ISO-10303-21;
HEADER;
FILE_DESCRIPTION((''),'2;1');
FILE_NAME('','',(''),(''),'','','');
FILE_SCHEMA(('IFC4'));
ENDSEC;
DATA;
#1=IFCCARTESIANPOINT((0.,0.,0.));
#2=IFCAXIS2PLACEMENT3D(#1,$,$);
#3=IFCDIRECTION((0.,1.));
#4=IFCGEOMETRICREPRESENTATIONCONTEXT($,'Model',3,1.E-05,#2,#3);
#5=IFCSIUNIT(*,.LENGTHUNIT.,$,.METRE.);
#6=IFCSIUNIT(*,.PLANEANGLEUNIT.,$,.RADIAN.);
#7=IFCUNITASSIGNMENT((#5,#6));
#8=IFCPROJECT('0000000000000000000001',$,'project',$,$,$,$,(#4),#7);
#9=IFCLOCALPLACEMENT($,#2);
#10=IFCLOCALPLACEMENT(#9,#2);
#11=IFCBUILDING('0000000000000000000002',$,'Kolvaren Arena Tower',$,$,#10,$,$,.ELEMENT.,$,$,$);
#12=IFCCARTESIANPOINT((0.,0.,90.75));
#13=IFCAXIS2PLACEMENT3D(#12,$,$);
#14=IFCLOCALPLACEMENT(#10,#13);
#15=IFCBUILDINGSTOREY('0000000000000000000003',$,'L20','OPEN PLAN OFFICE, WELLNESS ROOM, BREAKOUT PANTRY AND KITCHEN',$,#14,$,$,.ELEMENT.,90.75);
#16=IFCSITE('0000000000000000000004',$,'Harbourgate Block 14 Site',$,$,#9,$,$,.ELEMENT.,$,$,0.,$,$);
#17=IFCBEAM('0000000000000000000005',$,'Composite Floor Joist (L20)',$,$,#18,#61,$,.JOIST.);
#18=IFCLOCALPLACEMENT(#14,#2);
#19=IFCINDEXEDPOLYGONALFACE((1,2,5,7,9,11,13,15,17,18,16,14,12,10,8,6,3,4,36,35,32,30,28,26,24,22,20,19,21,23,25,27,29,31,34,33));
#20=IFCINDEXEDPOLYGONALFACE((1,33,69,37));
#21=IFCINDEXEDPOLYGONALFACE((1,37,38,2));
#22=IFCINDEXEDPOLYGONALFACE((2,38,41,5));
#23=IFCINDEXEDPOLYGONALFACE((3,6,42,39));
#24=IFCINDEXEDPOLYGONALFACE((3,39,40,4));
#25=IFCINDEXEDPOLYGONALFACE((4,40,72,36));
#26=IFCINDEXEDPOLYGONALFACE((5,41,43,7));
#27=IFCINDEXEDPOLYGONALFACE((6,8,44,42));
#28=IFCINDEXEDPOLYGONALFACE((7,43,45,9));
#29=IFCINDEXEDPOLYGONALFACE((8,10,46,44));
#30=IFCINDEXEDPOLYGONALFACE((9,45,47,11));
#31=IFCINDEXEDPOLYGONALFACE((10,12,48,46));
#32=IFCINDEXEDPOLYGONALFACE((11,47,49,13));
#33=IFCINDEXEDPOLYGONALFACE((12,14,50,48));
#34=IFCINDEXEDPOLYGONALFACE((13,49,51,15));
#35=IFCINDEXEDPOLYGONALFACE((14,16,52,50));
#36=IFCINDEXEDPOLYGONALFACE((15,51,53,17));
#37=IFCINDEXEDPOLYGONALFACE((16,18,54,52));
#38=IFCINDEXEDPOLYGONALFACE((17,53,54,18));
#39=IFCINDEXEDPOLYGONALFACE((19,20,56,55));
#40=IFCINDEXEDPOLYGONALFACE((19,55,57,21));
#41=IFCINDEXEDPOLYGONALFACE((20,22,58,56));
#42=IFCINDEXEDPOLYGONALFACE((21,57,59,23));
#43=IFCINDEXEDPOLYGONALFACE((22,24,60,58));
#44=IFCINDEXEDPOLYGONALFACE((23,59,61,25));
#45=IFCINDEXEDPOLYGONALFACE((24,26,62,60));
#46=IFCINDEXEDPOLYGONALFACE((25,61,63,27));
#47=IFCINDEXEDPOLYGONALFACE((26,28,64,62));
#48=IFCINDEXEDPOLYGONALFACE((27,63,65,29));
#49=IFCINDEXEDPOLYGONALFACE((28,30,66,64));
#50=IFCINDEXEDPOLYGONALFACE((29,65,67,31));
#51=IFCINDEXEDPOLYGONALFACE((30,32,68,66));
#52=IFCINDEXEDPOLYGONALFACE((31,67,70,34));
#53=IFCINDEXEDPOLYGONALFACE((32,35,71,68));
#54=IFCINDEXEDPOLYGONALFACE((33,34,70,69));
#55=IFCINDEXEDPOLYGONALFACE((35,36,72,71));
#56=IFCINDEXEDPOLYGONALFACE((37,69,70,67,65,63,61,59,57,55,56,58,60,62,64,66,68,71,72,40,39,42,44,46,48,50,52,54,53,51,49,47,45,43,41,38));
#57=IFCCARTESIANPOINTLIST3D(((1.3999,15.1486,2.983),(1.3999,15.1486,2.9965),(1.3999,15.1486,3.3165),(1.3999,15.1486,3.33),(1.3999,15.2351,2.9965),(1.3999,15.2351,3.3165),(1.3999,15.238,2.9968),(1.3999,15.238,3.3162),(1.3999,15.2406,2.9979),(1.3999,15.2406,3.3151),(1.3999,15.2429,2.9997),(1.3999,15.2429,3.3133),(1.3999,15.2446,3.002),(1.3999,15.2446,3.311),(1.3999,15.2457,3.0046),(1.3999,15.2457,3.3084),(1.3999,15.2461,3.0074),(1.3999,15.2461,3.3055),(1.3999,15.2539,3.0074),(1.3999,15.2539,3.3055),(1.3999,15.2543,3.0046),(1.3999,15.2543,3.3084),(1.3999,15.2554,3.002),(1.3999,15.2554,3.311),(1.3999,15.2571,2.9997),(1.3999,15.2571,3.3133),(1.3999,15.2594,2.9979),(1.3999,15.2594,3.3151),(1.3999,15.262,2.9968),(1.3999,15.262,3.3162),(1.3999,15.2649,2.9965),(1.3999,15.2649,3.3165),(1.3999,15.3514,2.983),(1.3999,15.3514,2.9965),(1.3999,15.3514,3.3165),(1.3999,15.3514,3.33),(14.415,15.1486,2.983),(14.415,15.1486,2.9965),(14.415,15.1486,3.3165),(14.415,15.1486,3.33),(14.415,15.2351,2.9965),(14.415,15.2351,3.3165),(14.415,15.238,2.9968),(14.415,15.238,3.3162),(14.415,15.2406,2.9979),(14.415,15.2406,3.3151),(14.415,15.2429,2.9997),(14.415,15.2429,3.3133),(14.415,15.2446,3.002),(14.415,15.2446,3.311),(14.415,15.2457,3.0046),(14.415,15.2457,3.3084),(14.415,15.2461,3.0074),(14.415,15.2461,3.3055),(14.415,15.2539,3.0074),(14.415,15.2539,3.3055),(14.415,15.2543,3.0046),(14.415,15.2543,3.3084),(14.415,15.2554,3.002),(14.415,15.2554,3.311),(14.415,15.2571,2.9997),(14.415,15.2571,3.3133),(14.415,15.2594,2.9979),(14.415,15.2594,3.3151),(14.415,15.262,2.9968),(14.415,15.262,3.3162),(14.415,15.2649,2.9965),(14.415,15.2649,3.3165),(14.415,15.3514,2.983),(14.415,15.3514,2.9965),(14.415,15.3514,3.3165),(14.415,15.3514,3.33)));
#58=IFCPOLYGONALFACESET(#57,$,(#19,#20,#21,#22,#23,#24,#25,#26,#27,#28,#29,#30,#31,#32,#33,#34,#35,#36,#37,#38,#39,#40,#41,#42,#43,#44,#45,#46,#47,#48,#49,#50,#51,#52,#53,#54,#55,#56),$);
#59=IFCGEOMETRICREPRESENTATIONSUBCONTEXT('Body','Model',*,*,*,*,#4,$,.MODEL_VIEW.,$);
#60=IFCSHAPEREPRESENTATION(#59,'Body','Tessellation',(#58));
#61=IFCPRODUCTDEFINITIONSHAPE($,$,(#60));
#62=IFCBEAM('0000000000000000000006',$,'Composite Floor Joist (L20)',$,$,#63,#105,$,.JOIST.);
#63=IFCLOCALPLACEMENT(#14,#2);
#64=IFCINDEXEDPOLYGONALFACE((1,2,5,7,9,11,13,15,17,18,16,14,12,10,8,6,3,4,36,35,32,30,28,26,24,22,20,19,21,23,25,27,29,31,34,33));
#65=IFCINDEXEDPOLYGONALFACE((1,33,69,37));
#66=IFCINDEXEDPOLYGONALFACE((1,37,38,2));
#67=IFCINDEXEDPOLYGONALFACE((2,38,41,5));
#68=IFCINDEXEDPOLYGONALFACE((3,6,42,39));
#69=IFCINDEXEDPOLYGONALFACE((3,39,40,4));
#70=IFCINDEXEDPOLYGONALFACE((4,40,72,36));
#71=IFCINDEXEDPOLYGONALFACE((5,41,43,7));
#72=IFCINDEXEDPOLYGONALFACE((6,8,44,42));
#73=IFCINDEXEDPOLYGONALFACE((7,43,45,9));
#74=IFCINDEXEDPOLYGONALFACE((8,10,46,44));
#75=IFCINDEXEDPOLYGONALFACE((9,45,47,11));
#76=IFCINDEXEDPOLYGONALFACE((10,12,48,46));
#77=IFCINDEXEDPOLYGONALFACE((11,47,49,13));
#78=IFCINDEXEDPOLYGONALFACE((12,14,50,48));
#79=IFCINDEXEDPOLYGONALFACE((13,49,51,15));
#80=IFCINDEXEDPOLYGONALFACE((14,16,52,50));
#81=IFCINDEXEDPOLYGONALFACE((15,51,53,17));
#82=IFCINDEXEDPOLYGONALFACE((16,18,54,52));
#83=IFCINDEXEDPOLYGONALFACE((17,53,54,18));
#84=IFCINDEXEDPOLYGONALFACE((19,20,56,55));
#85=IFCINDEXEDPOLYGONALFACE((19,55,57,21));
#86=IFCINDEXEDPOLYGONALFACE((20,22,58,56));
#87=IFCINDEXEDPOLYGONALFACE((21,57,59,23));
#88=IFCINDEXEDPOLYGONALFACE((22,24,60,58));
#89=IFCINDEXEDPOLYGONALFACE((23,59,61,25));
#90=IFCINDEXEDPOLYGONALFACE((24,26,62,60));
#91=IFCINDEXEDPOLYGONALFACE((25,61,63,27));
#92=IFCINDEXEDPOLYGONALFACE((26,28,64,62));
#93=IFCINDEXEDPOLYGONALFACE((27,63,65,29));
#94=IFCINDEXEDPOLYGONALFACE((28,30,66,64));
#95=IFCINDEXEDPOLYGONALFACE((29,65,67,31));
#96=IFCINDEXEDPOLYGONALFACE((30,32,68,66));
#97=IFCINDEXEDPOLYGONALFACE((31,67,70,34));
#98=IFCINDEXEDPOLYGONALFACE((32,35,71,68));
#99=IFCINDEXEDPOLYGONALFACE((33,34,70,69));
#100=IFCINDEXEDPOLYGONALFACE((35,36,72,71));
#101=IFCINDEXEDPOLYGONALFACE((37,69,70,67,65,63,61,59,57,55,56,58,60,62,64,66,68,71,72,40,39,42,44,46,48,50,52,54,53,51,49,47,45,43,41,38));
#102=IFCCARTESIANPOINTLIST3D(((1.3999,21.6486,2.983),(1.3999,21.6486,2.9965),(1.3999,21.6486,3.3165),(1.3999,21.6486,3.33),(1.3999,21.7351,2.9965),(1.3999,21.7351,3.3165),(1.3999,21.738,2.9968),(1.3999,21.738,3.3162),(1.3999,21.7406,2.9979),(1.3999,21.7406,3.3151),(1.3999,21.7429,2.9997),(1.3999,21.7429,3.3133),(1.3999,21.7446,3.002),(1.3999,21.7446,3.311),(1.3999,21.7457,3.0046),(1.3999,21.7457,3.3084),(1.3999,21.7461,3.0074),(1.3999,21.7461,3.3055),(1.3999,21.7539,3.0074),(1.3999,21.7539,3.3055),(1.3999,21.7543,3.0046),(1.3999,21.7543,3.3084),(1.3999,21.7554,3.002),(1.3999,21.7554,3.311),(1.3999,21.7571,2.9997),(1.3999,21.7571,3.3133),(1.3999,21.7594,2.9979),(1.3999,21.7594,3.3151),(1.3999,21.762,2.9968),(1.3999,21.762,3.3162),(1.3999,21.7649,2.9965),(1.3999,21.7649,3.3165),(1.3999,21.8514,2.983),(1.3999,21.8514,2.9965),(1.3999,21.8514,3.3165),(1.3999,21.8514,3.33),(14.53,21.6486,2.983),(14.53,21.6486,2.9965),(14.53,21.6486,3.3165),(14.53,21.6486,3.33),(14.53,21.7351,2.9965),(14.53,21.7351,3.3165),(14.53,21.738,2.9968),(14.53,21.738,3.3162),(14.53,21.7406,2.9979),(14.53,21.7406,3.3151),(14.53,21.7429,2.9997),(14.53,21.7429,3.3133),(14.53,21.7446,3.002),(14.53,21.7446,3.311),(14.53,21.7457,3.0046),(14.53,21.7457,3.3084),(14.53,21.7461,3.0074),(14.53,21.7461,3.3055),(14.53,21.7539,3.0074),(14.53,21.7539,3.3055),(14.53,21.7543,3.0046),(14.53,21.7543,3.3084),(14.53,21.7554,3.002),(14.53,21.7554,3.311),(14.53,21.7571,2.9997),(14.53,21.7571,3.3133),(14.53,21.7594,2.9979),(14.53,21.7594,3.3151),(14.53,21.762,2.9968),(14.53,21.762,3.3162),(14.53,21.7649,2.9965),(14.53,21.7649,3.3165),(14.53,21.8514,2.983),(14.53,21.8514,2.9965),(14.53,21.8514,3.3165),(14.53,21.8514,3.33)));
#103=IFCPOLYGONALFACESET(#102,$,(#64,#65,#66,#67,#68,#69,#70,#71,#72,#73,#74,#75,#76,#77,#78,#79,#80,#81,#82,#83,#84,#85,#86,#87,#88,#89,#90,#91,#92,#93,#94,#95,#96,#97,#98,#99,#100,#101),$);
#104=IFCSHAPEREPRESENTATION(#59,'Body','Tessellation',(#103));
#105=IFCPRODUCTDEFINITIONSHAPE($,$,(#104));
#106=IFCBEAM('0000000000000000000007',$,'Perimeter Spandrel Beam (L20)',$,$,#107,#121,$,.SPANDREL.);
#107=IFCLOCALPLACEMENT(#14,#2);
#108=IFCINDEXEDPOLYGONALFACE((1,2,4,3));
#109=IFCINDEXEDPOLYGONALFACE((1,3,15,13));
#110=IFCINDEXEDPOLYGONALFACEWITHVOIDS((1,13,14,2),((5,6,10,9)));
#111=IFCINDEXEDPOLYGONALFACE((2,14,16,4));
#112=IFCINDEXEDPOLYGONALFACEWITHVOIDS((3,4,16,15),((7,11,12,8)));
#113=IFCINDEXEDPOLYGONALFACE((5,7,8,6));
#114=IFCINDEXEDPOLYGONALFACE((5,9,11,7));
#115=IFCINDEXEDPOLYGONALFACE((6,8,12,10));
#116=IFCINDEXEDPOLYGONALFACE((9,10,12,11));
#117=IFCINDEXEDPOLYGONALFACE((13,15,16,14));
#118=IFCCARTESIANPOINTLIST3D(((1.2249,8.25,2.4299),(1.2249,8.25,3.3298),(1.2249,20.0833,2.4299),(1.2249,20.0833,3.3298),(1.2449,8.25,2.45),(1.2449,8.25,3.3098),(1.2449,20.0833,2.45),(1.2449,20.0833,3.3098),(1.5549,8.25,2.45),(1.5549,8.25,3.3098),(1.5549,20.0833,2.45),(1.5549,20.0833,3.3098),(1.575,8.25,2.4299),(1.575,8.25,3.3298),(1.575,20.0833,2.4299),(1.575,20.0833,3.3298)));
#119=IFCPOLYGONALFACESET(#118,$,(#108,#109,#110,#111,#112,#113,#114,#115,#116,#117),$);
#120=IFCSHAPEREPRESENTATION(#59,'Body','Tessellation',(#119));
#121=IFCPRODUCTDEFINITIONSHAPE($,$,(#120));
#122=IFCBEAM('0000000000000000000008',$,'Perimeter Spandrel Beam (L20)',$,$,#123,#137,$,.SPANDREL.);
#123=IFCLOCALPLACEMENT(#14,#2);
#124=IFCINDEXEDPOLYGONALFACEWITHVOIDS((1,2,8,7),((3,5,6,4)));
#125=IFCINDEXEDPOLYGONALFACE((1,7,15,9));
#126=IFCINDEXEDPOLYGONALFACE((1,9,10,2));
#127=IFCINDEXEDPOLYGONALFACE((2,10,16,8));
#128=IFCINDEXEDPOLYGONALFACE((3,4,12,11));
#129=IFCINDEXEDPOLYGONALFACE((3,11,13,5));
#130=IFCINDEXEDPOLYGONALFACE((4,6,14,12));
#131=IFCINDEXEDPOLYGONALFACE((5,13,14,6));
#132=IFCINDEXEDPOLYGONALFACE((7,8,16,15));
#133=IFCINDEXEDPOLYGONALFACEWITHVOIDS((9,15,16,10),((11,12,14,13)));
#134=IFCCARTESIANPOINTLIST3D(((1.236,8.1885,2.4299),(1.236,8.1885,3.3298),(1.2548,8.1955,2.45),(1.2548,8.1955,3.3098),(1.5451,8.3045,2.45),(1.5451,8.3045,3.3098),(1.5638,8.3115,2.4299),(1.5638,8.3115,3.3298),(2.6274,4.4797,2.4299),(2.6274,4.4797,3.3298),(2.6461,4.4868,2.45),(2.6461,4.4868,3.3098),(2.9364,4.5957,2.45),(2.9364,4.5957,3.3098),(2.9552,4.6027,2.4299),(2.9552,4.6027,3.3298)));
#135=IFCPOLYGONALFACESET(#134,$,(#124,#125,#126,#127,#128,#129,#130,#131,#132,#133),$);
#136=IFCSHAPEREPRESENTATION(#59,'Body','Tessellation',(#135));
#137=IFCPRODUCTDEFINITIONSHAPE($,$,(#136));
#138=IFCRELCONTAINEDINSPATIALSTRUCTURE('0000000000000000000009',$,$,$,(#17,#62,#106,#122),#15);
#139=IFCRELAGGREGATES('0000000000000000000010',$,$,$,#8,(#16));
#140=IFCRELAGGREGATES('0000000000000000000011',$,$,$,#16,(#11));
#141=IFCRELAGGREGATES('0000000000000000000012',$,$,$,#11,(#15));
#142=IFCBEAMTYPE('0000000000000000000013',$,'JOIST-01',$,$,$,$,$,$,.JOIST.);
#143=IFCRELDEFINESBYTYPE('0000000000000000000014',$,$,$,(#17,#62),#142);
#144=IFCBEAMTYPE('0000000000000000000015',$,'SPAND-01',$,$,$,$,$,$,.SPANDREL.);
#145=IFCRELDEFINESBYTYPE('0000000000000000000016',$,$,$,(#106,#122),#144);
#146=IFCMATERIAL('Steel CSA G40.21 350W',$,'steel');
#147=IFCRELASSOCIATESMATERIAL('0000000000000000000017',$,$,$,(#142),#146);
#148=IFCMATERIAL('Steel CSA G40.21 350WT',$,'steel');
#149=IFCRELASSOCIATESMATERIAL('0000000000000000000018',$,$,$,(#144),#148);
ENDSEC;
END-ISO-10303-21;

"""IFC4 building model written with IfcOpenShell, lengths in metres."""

from ifc_helpers import new_model, si_unit, direction, frame, origin, origin_2d, place, context, subcontext, project, spatial, hollow_rectangle, i_section, extrude, material, material_profile, profile_set, type_object, element, save


model = new_model("IFC4")

# Units and contexts
model_context = context("Model", 3, precision=1e-05, world=origin(), true_north=direction((0.0, 1.0)))
body_context = subcontext(model_context, "Body", "Model", "MODEL_VIEW")
ifc_project = project(units=[si_unit("LENGTHUNIT", "METRE"), si_unit("PLANEANGLEUNIT", "RADIAN")], contexts=[model_context])

# Site, building, storey
site_placement = place(None, origin())
site = spatial("IfcSite", under=ifc_project, at=site_placement, Name="Harbourgate Block 14 Site", CompositionType="ELEMENT", RefElevation=0.0)
building_placement = place(site_placement, origin())
building = spatial("IfcBuilding", under=site, at=building_placement, Name="Kolvaren Arena Tower", CompositionType="ELEMENT")
storey_placement = place(building_placement, frame((0.0, 0.0, 90.75)))
storey = spatial("IfcBuildingStorey", under=building, at=storey_placement, Name="L20", Description="OPEN PLAN OFFICE, WELLNESS ROOM, BREAKOUT PANTRY AND KITCHEN", CompositionType="ELEMENT", Elevation=90.75)

# Beams
ifc_material_1 = material(Name="Steel CSA G40.21 350W", Category="steel")
ifc_material_profile_1 = material_profile(ifc_material_1, i_section(OverallWidth=0.2029, OverallDepth=0.3469, WebThickness=0.0078, FlangeThickness=0.0134, FilletRadius=0.011, at=origin_2d()), Name="W360x64")
ifc_profile_set_1 = profile_set([ifc_material_profile_1], Name="Steel CSA G40.21 350W")
beam_type_1 = type_object("IfcBeamType", Name="JOIST-01", PredefinedType="JOIST", material=ifc_profile_set_1)
for number, where, z_axis, x_axis, name in (
    (1, (1.3999, 15.25, 3.1565), (1.0, 0.0, 0.0), (0.0, 1.0, 0.0), "Composite Floor Joist (L20)"),
):
    element("IfcBeam", number, at=place(storey_placement, frame(where, z_axis=z_axis, x_axis=x_axis)), inside=storey, type_object=beam_type_1, Name=name, PredefinedType="JOIST", context=body_context, shape_type="SweptSolid", body=[
        extrude(i_section(OverallWidth=0.2029, OverallDepth=0.3469, WebThickness=0.0078, FlangeThickness=0.0134, FilletRadius=0.011, at=origin_2d()), origin(), (0.0, 0.0, 1.0), 13.0151),
    ])
beam_1_placement = place(storey_placement, frame((1.3999, 21.75, 3.1565), z_axis=(1.0, 0.0, 0.0), x_axis=(0.0, 1.0, 0.0)))
element("IfcBeam", 2, at=beam_1_placement, inside=storey, type_object=beam_type_1, Name="Composite Floor Joist (L20)", PredefinedType="JOIST", context=body_context, shape_type="SweptSolid", body=[
    extrude(i_section(OverallWidth=0.2029, OverallDepth=0.3469, WebThickness=0.0078, FlangeThickness=0.0134, FilletRadius=0.011, at=origin_2d()), origin(), (0.0, 0.0, 1.0), 13.1301),
])
ifc_material_2 = material(Name="Steel CSA G40.21 350WT", Category="steel")
ifc_material_profile_2 = material_profile(ifc_material_2, hollow_rectangle(XDim=0.3501, YDim=0.8999, WallThickness=0.02, at=origin_2d()), Name="HSS 900x350x20")
ifc_profile_set_2 = profile_set([ifc_material_profile_2], Name="Steel CSA G40.21 350WT")
beam_type_2 = type_object("IfcBeamType", Name="SPAND-01", PredefinedType="SPANDREL", material=ifc_profile_set_2)
beam_2_placement = place(storey_placement, frame((1.3999, 20.0833, 2.8799), z_axis=(0.0, -1.0, 0.0), x_axis=(1.0, 0.0, 0.0)))
element("IfcBeam", 3, at=beam_2_placement, inside=storey, type_object=beam_type_2, Name="Perimeter Spandrel Beam (L20)", PredefinedType="SPANDREL", context=body_context, shape_type="SweptSolid", body=[
    extrude(hollow_rectangle(XDim=0.3501, YDim=0.8999, WallThickness=0.02, at=origin_2d()), origin(), (0.0, 0.0, 1.0), 11.8333),
])
beam_3_placement = place(storey_placement, frame((1.3999, 8.25, 2.8799), z_axis=(0.351252, -0.936281, 0.0), x_axis=(0.936281, 0.351252, 0.0)))
element("IfcBeam", 4, at=beam_3_placement, inside=storey, type_object=beam_type_2, Name="Perimeter Spandrel Beam (L20)", PredefinedType="SPANDREL", context=body_context, shape_type="SweptSolid", body=[
    extrude(hollow_rectangle(XDim=0.3501, YDim=0.8999, WallThickness=0.02, at=origin_2d()), origin(), (0.0, 0.0, 1.0), 3.9612),
])

save(model, "model.ifc")
